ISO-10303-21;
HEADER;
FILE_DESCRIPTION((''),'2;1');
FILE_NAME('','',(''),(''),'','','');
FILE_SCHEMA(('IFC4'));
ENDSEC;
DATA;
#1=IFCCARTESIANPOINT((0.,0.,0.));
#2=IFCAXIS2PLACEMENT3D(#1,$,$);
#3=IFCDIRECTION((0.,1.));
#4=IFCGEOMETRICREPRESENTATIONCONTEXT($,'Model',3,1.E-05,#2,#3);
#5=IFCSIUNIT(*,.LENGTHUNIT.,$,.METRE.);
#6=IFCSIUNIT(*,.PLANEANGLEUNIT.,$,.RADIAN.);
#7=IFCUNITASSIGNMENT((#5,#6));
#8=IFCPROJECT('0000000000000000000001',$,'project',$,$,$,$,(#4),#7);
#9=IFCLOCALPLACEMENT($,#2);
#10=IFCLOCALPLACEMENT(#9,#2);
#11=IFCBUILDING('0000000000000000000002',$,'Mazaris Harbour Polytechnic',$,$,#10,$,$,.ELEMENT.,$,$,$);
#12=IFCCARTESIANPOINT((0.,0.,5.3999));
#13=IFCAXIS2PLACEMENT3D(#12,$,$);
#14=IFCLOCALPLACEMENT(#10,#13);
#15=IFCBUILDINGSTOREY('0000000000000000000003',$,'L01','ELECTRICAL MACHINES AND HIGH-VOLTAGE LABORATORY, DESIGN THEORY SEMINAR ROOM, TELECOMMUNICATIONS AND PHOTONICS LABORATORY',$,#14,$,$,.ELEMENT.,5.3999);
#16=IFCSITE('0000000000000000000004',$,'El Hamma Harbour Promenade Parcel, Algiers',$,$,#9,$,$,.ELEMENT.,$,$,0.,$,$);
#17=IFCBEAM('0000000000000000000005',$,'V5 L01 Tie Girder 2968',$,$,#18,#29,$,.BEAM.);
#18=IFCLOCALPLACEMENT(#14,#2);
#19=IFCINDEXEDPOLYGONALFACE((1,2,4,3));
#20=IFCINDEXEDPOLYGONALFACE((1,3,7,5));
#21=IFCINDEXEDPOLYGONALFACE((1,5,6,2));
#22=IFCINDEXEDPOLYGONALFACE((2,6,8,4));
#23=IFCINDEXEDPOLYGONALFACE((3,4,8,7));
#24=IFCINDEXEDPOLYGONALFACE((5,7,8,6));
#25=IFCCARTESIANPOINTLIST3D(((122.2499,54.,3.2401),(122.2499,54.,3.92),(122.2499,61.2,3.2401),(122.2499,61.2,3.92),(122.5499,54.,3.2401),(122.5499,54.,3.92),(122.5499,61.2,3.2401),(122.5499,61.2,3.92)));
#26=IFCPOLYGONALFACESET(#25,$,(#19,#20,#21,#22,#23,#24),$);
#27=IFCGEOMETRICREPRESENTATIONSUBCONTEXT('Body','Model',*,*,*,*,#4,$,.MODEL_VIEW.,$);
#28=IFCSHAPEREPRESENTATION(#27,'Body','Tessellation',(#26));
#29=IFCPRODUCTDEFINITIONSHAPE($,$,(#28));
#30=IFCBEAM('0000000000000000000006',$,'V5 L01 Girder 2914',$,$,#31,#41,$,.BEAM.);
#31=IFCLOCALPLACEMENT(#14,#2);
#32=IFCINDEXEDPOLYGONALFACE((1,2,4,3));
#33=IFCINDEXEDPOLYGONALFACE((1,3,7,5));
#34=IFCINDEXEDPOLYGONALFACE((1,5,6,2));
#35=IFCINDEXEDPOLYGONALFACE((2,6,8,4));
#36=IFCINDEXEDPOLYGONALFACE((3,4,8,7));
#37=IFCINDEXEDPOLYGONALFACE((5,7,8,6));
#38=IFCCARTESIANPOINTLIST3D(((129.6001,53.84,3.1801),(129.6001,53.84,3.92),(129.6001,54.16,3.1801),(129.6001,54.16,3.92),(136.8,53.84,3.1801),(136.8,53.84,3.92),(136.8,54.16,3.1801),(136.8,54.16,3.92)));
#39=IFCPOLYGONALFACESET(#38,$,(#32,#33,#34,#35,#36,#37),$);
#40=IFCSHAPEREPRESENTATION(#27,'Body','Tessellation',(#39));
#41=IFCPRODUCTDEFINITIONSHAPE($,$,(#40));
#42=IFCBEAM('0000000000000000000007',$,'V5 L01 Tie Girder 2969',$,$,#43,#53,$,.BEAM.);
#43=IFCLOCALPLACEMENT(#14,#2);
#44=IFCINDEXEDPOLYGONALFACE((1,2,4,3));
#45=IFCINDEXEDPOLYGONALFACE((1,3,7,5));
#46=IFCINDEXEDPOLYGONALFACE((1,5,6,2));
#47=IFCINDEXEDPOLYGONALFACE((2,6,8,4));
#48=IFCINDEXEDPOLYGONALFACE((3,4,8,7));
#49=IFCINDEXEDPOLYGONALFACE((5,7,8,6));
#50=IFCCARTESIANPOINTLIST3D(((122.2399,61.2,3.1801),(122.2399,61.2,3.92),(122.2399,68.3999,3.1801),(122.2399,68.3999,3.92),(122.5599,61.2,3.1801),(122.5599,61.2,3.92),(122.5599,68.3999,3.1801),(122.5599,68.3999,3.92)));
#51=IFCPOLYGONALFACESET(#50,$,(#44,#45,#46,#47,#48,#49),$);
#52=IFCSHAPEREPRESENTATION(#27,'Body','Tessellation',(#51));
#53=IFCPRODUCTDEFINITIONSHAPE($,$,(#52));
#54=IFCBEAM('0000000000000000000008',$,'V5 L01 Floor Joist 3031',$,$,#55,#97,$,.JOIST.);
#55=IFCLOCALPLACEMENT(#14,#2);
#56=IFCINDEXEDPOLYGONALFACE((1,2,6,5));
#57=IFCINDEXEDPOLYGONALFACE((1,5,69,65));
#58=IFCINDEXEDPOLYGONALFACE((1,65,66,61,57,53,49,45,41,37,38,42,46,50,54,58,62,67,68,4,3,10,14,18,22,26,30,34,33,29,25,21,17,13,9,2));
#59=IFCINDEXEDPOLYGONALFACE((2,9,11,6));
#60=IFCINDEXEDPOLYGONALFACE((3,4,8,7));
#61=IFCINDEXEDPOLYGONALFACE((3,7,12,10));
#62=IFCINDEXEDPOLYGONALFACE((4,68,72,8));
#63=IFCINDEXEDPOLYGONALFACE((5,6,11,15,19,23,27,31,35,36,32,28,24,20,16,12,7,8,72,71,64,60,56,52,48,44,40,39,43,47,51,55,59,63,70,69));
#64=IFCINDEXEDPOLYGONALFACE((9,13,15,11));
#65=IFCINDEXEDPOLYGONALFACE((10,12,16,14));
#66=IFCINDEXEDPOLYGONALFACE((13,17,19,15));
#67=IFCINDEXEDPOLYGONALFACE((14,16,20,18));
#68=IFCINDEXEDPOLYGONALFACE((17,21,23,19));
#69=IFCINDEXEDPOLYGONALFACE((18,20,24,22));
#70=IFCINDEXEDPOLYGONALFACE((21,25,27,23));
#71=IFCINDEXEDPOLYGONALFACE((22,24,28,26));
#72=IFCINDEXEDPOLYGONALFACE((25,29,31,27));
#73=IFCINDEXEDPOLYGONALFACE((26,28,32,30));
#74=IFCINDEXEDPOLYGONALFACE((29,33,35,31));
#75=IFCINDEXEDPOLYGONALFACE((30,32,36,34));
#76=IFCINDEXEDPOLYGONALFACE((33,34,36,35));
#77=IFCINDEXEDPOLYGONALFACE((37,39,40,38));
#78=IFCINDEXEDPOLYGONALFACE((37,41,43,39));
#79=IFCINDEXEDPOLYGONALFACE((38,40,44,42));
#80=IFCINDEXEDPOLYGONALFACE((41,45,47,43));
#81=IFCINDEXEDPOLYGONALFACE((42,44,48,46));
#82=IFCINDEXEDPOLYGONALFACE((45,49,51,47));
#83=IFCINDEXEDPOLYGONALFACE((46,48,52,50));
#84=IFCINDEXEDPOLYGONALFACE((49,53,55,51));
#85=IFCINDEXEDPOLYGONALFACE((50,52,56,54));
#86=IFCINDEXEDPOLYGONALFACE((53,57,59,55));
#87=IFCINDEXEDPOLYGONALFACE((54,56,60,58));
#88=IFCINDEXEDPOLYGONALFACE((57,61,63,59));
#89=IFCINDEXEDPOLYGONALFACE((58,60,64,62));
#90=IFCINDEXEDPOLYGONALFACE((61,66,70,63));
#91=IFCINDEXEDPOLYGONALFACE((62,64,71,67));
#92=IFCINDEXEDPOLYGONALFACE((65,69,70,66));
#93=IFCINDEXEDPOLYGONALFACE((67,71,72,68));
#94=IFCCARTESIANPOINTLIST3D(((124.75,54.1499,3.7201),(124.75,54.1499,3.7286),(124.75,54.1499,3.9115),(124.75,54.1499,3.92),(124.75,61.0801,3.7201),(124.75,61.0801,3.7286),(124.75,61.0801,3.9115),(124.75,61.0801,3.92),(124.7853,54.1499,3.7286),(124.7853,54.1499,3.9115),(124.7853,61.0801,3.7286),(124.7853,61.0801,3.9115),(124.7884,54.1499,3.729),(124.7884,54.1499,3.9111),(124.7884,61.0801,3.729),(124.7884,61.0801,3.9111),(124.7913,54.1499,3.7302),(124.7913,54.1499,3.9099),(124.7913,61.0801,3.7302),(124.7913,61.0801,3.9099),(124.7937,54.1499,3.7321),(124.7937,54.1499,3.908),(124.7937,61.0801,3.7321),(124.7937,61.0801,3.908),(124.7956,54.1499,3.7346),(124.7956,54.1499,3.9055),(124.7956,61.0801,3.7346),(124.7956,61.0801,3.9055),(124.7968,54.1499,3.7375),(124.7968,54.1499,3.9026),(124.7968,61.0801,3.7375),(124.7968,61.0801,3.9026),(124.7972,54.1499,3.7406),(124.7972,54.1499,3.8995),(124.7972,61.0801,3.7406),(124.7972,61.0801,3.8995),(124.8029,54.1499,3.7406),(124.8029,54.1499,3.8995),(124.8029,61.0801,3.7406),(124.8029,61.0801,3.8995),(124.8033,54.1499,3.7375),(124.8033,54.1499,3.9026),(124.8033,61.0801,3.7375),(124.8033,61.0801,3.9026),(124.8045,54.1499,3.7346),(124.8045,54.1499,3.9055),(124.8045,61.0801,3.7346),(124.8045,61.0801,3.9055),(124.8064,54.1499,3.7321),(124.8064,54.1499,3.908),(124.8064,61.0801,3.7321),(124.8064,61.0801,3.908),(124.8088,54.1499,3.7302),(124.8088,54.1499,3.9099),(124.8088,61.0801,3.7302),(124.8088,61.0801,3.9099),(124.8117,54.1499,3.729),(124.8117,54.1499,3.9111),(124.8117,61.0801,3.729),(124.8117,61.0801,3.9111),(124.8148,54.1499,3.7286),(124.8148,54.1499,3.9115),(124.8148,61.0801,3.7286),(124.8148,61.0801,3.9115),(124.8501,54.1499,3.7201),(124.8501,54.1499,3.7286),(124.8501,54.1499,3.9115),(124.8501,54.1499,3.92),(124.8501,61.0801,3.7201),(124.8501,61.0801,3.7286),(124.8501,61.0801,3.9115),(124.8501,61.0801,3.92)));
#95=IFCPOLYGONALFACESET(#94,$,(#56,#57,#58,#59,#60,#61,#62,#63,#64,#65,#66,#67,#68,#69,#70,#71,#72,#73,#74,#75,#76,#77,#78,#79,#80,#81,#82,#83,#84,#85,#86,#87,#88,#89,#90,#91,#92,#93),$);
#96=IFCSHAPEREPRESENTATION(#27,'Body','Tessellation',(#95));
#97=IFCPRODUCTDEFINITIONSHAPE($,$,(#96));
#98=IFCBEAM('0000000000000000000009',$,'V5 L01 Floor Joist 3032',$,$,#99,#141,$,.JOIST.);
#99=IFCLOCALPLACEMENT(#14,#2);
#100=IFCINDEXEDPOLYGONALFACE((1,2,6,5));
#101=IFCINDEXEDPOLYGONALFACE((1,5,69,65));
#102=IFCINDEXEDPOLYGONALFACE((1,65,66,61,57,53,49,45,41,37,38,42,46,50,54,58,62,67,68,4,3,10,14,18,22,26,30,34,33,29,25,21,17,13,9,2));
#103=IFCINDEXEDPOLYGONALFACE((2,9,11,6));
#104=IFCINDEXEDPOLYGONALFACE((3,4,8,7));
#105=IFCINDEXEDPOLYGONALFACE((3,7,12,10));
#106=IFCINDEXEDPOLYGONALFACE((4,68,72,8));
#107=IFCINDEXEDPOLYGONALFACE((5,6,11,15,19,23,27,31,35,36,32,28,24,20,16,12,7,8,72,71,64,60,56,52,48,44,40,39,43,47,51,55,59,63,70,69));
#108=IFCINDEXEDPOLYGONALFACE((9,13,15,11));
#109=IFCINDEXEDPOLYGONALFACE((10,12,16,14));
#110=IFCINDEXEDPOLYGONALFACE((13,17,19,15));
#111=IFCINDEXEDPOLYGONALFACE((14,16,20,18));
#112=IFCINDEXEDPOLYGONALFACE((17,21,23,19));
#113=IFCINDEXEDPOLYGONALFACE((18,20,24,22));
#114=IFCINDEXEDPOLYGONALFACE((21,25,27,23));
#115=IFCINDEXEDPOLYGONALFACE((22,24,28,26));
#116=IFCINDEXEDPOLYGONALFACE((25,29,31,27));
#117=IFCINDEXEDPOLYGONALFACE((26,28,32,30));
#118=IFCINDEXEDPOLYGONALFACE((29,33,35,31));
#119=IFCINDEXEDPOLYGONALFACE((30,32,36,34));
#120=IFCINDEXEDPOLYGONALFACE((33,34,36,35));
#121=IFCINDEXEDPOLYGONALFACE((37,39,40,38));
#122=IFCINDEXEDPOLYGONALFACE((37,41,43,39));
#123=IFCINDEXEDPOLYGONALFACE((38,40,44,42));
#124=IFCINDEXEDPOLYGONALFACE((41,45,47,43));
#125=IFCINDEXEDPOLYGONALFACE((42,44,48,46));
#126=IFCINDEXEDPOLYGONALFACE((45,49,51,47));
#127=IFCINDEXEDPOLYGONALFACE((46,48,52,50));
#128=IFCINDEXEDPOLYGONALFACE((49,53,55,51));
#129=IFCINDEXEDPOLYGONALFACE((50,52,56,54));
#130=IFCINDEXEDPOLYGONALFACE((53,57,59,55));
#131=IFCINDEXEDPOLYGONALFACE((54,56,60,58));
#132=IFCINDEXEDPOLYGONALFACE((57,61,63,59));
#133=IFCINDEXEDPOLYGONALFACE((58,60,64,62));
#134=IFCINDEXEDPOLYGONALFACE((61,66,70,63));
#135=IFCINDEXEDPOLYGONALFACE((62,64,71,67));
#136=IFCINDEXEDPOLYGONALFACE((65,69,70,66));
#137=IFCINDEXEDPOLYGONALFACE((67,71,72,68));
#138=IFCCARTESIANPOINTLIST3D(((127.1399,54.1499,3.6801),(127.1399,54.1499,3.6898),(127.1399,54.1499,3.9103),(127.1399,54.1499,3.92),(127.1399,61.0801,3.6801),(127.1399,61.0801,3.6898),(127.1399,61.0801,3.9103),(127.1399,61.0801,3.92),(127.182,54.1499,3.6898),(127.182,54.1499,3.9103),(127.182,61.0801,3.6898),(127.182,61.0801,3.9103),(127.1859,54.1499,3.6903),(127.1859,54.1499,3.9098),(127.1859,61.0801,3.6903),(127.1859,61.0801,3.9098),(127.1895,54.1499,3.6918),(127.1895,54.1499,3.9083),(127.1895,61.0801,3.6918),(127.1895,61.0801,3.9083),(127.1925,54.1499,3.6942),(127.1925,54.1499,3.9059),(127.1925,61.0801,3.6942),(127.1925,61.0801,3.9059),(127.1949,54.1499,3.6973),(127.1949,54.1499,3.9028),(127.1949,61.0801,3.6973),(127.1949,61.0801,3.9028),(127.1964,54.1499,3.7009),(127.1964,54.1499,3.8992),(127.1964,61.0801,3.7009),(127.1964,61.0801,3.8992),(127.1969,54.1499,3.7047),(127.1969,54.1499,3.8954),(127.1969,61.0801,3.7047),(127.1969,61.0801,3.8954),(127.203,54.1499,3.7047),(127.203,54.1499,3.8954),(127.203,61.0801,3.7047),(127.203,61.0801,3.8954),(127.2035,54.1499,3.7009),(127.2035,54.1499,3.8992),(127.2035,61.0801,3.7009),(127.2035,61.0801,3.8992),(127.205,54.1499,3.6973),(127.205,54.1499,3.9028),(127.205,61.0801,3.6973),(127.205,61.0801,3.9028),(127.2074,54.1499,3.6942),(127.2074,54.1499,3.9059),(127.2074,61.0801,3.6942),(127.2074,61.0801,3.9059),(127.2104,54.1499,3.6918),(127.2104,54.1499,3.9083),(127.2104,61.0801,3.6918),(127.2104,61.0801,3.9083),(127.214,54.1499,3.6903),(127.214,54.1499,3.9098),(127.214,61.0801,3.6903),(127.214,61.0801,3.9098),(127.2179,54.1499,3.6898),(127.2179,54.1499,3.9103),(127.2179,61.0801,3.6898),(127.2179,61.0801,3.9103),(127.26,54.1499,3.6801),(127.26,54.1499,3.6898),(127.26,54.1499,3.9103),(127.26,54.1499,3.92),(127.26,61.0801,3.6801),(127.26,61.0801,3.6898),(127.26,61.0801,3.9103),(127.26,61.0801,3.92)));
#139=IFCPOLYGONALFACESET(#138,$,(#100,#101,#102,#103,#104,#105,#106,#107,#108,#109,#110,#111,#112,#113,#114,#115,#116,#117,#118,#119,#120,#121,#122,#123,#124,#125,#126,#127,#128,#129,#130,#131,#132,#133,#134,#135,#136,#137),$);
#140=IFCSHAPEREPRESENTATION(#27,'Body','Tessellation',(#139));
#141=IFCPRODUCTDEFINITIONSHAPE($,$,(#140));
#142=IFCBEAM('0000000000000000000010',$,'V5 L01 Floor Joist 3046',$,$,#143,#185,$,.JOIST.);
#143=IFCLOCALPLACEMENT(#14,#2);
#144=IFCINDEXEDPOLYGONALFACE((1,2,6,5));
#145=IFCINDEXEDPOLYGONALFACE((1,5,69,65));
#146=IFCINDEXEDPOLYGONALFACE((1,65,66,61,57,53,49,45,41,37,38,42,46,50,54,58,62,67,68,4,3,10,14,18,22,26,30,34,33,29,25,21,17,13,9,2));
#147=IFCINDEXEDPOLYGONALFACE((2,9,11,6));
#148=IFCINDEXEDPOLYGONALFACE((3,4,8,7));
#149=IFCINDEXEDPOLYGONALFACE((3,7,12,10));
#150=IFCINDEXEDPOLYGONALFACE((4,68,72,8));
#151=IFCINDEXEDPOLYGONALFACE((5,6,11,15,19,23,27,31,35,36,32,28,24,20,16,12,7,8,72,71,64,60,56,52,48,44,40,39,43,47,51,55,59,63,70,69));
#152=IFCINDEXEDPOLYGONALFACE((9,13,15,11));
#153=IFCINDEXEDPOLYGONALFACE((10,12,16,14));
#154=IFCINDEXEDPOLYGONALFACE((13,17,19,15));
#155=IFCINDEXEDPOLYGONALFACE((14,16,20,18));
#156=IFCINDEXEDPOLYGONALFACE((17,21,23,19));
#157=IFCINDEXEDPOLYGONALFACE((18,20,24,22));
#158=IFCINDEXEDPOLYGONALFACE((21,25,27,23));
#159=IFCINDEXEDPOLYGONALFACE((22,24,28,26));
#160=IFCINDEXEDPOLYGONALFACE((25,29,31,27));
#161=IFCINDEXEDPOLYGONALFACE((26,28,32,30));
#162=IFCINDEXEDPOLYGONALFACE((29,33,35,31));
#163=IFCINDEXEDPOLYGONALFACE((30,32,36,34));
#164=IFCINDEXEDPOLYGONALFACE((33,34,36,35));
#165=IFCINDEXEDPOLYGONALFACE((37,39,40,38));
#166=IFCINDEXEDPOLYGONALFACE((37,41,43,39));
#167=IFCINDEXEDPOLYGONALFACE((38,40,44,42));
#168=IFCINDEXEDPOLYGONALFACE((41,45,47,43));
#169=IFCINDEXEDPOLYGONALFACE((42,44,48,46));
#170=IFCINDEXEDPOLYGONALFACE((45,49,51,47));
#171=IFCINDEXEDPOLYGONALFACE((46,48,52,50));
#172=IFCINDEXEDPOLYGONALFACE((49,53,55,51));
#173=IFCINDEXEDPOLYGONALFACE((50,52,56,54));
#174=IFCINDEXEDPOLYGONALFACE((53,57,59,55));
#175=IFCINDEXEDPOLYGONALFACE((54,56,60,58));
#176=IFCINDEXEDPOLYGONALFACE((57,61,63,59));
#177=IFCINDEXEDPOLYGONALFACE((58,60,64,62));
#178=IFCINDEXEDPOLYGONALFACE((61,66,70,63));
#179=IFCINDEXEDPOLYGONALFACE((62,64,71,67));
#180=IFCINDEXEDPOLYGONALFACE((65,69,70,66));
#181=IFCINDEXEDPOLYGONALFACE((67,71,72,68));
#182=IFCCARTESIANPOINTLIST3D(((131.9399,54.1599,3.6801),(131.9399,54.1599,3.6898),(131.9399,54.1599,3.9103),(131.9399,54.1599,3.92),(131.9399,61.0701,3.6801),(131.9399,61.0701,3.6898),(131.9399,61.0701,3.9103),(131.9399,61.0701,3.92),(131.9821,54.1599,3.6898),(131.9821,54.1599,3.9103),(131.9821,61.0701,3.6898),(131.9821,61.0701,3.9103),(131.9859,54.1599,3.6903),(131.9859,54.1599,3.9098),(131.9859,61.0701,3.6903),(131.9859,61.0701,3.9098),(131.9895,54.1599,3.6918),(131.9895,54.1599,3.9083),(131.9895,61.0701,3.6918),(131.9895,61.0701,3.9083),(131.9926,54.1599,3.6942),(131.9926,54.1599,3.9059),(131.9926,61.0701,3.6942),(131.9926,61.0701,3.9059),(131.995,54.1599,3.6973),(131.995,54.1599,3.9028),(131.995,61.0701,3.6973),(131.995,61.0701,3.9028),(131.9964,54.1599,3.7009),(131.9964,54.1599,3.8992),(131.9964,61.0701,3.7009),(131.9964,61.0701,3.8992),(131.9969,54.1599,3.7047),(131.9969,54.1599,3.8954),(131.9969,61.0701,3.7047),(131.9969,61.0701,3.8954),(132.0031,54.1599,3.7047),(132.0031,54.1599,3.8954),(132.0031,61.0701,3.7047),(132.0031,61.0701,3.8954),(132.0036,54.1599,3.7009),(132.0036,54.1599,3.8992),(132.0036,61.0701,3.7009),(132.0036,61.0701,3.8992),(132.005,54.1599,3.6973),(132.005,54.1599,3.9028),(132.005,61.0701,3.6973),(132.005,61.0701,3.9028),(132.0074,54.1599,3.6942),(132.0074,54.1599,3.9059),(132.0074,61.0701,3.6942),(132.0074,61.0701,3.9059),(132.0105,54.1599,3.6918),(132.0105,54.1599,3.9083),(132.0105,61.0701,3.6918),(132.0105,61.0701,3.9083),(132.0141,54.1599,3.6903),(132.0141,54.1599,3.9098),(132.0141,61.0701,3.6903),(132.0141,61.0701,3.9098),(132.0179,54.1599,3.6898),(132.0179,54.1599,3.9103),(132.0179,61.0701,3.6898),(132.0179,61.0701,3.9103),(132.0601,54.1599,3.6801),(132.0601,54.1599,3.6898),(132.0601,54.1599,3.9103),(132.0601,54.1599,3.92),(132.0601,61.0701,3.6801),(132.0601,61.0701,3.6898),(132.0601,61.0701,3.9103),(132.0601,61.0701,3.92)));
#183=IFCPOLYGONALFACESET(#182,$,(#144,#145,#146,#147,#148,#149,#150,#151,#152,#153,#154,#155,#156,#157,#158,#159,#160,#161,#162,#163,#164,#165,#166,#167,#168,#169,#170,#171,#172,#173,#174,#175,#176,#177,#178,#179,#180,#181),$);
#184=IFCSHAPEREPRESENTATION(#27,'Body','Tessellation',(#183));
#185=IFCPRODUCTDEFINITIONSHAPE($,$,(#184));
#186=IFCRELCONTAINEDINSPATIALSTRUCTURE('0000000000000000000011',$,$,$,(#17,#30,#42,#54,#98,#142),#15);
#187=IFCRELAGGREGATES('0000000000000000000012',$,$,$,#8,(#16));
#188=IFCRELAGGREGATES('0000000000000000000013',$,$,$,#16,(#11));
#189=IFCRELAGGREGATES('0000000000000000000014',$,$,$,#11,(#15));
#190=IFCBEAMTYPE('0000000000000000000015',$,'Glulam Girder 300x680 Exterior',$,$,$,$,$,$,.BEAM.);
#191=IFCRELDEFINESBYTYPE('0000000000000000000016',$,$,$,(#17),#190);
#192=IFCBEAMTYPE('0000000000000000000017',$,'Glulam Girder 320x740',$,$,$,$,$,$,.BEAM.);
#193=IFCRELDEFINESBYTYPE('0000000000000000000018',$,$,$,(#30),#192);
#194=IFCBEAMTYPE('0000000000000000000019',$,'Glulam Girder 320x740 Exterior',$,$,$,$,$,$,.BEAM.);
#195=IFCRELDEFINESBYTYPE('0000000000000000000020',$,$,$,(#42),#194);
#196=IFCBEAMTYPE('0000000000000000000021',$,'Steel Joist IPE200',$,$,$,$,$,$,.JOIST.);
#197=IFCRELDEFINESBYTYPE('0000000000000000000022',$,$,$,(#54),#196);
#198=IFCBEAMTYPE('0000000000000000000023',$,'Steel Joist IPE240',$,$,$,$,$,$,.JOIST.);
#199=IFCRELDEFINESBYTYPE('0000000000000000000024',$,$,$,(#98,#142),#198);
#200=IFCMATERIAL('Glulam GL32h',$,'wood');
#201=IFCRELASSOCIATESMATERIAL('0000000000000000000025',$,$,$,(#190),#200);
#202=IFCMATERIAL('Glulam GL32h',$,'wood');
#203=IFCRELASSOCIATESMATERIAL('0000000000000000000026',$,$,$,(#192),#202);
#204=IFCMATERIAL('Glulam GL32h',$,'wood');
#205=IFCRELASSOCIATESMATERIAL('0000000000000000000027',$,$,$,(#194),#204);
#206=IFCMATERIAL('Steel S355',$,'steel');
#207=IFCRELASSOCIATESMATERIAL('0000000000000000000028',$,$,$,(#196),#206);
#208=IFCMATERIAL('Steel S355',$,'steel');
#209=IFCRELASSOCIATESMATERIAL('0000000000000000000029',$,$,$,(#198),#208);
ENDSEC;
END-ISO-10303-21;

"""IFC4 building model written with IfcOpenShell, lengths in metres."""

from ifc_helpers import new_model, si_unit, direction, frame, origin, origin_2d, place, context, subcontext, project, spatial, rectangle, i_section, extrude, material, material_profile, profile_set, type_object, element, save


model = new_model("IFC4")

# Units and contexts
model_context = context("Model", 3, precision=1e-05, world=origin(), true_north=direction((0.0, 1.0)))
body_context = subcontext(model_context, "Body", "Model", "MODEL_VIEW")
ifc_project = project(units=[si_unit("LENGTHUNIT", "METRE"), si_unit("PLANEANGLEUNIT", "RADIAN")], contexts=[model_context])

# Site, building, storey
site_placement = place(None, origin())
site = spatial("IfcSite", under=ifc_project, at=site_placement, Name="El Hamma Harbour Promenade Parcel, Algiers", CompositionType="ELEMENT", RefElevation=0.0)
building_placement = place(site_placement, origin())
building = spatial("IfcBuilding", under=site, at=building_placement, Name="Mazaris Harbour Polytechnic", CompositionType="ELEMENT")
storey_placement = place(building_placement, frame((0.0, 0.0, 5.3999)))
storey = spatial("IfcBuildingStorey", under=building, at=storey_placement, Name="L01", Description="ELECTRICAL MACHINES AND HIGH-VOLTAGE LABORATORY, DESIGN THEORY SEMINAR ROOM, TELECOMMUNICATIONS AND PHOTONICS LABORATORY", CompositionType="ELEMENT", Elevation=5.3999)

# Beams
ifc_material_1 = material(Name="Glulam GL32h", Category="wood")
ifc_material_profile_1 = material_profile(ifc_material_1, rectangle(XDim=0.3, YDim=0.6799, at=origin_2d()), Name="RECT300x680")
ifc_profile_set_1 = profile_set([ifc_material_profile_1], Name="Glulam GL32h")
beam_type_1 = type_object("IfcBeamType", Name="Glulam Girder 300x680 Exterior", PredefinedType="BEAM", material=ifc_profile_set_1)
beam_1_placement = place(storey_placement, frame((122.3999, 54.0, 3.5801), z_axis=(0.0, 1.0, 0.0), x_axis=(-1.0, 0.0, 0.0)))
element("IfcBeam", 1, at=beam_1_placement, inside=storey, type_object=beam_type_1, Name="V5 L01 Tie Girder 2968", PredefinedType="BEAM", context=body_context, shape_type="SweptSolid", body=[
    extrude(rectangle(XDim=0.3, YDim=0.6799, at=origin_2d()), origin(), (0.0, 0.0, 1.0), 7.2),
])
ifc_material_2 = material(Name="Glulam GL32h", Category="wood")
ifc_material_profile_2 = material_profile(ifc_material_2, rectangle(XDim=0.3201, YDim=0.74, at=origin_2d()), Name="RECT320x740")
ifc_profile_set_2 = profile_set([ifc_material_profile_2], Name="Glulam GL32h")
beam_type_2 = type_object("IfcBeamType", Name="Glulam Girder 320x740", PredefinedType="BEAM", material=ifc_profile_set_2)
beam_2_placement = place(storey_placement, frame((129.6001, 54.0, 3.55), z_axis=(1.0, 0.0, 0.0), x_axis=(0.0, 1.0, 0.0)))
element("IfcBeam", 2, at=beam_2_placement, inside=storey, type_object=beam_type_2, Name="V5 L01 Girder 2914", PredefinedType="BEAM", context=body_context, shape_type="SweptSolid", body=[
    extrude(rectangle(XDim=0.3201, YDim=0.74, at=origin_2d()), origin(), (0.0, 0.0, 1.0), 7.2),
])
ifc_material_3 = material(Name="Glulam GL32h", Category="wood")
ifc_material_profile_3 = material_profile(ifc_material_3, rectangle(XDim=0.3201, YDim=0.74, at=origin_2d()), Name="RECT320x740")
ifc_profile_set_3 = profile_set([ifc_material_profile_3], Name="Glulam GL32h")
beam_type_3 = type_object("IfcBeamType", Name="Glulam Girder 320x740 Exterior", PredefinedType="BEAM", material=ifc_profile_set_3)
beam_3_placement = place(storey_placement, frame((122.3999, 61.2, 3.55), z_axis=(0.0, 1.0, 0.0), x_axis=(-1.0, 0.0, 0.0)))
element("IfcBeam", 3, at=beam_3_placement, inside=storey, type_object=beam_type_3, Name="V5 L01 Tie Girder 2969", PredefinedType="BEAM", context=body_context, shape_type="SweptSolid", body=[
    extrude(rectangle(XDim=0.3201, YDim=0.74, at=origin_2d()), origin(), (0.0, 0.0, 1.0), 7.2),
])
ifc_material_4 = material(Name="Steel S355", Category="steel")
ifc_material_profile_4 = material_profile(ifc_material_4, i_section(OverallWidth=0.1001, OverallDepth=0.2, WebThickness=0.0056, FlangeThickness=0.0085, FilletRadius=0.012, at=origin_2d()), Name="IPE 200")
ifc_profile_set_4 = profile_set([ifc_material_profile_4], Name="Steel S355")
beam_type_4 = type_object("IfcBeamType", Name="Steel Joist IPE200", PredefinedType="JOIST", material=ifc_profile_set_4)
beam_4_placement = place(storey_placement, frame((124.8, 54.1499, 3.8201), z_axis=(0.0, 1.0, 0.0), x_axis=(-1.0, 0.0, 0.0)))
element("IfcBeam", 4, at=beam_4_placement, inside=storey, type_object=beam_type_4, Name="V5 L01 Floor Joist 3031", PredefinedType="JOIST", context=body_context, shape_type="SweptSolid", body=[
    extrude(i_section(OverallWidth=0.1001, OverallDepth=0.2, WebThickness=0.0056, FlangeThickness=0.0085, FilletRadius=0.012, at=origin_2d()), origin(), (0.0, 0.0, 1.0), 6.9302),
])
ifc_material_5 = material(Name="Steel S355", Category="steel")
ifc_material_profile_5 = material_profile(ifc_material_5, i_section(OverallWidth=0.1201, OverallDepth=0.24, WebThickness=0.0061, FlangeThickness=0.0098, FilletRadius=0.0149, at=origin_2d()), Name="IPE 240")
ifc_profile_set_5 = profile_set([ifc_material_profile_5], Name="Steel S355")
beam_type_5 = type_object("IfcBeamType", Name="Steel Joist IPE240", PredefinedType="JOIST", material=ifc_profile_set_5)
beam_5_placement = place(storey_placement, frame((127.2, 54.1499, 3.8), z_axis=(0.0, 1.0, 0.0), x_axis=(-1.0, 0.0, 0.0)))
element("IfcBeam", 5, at=beam_5_placement, inside=storey, type_object=beam_type_5, Name="V5 L01 Floor Joist 3032", PredefinedType="JOIST", context=body_context, shape_type="SweptSolid", body=[
    extrude(i_section(OverallWidth=0.1201, OverallDepth=0.24, WebThickness=0.0061, FlangeThickness=0.0098, FilletRadius=0.0149, at=origin_2d()), origin(), (0.0, 0.0, 1.0), 6.9302),
])
beam_6_placement = place(storey_placement, frame((132.0, 54.1599, 3.8), z_axis=(0.0, 1.0, 0.0), x_axis=(-1.0, 0.0, 0.0)))
element("IfcBeam", 6, at=beam_6_placement, inside=storey, type_object=beam_type_5, Name="V5 L01 Floor Joist 3046", PredefinedType="JOIST", context=body_context, shape_type="SweptSolid", body=[
    extrude(i_section(OverallWidth=0.1201, OverallDepth=0.24, WebThickness=0.0061, FlangeThickness=0.0098, FilletRadius=0.0149, at=origin_2d()), origin(), (0.0, 0.0, 1.0), 6.9102),
])

save(model, "model.ifc")
